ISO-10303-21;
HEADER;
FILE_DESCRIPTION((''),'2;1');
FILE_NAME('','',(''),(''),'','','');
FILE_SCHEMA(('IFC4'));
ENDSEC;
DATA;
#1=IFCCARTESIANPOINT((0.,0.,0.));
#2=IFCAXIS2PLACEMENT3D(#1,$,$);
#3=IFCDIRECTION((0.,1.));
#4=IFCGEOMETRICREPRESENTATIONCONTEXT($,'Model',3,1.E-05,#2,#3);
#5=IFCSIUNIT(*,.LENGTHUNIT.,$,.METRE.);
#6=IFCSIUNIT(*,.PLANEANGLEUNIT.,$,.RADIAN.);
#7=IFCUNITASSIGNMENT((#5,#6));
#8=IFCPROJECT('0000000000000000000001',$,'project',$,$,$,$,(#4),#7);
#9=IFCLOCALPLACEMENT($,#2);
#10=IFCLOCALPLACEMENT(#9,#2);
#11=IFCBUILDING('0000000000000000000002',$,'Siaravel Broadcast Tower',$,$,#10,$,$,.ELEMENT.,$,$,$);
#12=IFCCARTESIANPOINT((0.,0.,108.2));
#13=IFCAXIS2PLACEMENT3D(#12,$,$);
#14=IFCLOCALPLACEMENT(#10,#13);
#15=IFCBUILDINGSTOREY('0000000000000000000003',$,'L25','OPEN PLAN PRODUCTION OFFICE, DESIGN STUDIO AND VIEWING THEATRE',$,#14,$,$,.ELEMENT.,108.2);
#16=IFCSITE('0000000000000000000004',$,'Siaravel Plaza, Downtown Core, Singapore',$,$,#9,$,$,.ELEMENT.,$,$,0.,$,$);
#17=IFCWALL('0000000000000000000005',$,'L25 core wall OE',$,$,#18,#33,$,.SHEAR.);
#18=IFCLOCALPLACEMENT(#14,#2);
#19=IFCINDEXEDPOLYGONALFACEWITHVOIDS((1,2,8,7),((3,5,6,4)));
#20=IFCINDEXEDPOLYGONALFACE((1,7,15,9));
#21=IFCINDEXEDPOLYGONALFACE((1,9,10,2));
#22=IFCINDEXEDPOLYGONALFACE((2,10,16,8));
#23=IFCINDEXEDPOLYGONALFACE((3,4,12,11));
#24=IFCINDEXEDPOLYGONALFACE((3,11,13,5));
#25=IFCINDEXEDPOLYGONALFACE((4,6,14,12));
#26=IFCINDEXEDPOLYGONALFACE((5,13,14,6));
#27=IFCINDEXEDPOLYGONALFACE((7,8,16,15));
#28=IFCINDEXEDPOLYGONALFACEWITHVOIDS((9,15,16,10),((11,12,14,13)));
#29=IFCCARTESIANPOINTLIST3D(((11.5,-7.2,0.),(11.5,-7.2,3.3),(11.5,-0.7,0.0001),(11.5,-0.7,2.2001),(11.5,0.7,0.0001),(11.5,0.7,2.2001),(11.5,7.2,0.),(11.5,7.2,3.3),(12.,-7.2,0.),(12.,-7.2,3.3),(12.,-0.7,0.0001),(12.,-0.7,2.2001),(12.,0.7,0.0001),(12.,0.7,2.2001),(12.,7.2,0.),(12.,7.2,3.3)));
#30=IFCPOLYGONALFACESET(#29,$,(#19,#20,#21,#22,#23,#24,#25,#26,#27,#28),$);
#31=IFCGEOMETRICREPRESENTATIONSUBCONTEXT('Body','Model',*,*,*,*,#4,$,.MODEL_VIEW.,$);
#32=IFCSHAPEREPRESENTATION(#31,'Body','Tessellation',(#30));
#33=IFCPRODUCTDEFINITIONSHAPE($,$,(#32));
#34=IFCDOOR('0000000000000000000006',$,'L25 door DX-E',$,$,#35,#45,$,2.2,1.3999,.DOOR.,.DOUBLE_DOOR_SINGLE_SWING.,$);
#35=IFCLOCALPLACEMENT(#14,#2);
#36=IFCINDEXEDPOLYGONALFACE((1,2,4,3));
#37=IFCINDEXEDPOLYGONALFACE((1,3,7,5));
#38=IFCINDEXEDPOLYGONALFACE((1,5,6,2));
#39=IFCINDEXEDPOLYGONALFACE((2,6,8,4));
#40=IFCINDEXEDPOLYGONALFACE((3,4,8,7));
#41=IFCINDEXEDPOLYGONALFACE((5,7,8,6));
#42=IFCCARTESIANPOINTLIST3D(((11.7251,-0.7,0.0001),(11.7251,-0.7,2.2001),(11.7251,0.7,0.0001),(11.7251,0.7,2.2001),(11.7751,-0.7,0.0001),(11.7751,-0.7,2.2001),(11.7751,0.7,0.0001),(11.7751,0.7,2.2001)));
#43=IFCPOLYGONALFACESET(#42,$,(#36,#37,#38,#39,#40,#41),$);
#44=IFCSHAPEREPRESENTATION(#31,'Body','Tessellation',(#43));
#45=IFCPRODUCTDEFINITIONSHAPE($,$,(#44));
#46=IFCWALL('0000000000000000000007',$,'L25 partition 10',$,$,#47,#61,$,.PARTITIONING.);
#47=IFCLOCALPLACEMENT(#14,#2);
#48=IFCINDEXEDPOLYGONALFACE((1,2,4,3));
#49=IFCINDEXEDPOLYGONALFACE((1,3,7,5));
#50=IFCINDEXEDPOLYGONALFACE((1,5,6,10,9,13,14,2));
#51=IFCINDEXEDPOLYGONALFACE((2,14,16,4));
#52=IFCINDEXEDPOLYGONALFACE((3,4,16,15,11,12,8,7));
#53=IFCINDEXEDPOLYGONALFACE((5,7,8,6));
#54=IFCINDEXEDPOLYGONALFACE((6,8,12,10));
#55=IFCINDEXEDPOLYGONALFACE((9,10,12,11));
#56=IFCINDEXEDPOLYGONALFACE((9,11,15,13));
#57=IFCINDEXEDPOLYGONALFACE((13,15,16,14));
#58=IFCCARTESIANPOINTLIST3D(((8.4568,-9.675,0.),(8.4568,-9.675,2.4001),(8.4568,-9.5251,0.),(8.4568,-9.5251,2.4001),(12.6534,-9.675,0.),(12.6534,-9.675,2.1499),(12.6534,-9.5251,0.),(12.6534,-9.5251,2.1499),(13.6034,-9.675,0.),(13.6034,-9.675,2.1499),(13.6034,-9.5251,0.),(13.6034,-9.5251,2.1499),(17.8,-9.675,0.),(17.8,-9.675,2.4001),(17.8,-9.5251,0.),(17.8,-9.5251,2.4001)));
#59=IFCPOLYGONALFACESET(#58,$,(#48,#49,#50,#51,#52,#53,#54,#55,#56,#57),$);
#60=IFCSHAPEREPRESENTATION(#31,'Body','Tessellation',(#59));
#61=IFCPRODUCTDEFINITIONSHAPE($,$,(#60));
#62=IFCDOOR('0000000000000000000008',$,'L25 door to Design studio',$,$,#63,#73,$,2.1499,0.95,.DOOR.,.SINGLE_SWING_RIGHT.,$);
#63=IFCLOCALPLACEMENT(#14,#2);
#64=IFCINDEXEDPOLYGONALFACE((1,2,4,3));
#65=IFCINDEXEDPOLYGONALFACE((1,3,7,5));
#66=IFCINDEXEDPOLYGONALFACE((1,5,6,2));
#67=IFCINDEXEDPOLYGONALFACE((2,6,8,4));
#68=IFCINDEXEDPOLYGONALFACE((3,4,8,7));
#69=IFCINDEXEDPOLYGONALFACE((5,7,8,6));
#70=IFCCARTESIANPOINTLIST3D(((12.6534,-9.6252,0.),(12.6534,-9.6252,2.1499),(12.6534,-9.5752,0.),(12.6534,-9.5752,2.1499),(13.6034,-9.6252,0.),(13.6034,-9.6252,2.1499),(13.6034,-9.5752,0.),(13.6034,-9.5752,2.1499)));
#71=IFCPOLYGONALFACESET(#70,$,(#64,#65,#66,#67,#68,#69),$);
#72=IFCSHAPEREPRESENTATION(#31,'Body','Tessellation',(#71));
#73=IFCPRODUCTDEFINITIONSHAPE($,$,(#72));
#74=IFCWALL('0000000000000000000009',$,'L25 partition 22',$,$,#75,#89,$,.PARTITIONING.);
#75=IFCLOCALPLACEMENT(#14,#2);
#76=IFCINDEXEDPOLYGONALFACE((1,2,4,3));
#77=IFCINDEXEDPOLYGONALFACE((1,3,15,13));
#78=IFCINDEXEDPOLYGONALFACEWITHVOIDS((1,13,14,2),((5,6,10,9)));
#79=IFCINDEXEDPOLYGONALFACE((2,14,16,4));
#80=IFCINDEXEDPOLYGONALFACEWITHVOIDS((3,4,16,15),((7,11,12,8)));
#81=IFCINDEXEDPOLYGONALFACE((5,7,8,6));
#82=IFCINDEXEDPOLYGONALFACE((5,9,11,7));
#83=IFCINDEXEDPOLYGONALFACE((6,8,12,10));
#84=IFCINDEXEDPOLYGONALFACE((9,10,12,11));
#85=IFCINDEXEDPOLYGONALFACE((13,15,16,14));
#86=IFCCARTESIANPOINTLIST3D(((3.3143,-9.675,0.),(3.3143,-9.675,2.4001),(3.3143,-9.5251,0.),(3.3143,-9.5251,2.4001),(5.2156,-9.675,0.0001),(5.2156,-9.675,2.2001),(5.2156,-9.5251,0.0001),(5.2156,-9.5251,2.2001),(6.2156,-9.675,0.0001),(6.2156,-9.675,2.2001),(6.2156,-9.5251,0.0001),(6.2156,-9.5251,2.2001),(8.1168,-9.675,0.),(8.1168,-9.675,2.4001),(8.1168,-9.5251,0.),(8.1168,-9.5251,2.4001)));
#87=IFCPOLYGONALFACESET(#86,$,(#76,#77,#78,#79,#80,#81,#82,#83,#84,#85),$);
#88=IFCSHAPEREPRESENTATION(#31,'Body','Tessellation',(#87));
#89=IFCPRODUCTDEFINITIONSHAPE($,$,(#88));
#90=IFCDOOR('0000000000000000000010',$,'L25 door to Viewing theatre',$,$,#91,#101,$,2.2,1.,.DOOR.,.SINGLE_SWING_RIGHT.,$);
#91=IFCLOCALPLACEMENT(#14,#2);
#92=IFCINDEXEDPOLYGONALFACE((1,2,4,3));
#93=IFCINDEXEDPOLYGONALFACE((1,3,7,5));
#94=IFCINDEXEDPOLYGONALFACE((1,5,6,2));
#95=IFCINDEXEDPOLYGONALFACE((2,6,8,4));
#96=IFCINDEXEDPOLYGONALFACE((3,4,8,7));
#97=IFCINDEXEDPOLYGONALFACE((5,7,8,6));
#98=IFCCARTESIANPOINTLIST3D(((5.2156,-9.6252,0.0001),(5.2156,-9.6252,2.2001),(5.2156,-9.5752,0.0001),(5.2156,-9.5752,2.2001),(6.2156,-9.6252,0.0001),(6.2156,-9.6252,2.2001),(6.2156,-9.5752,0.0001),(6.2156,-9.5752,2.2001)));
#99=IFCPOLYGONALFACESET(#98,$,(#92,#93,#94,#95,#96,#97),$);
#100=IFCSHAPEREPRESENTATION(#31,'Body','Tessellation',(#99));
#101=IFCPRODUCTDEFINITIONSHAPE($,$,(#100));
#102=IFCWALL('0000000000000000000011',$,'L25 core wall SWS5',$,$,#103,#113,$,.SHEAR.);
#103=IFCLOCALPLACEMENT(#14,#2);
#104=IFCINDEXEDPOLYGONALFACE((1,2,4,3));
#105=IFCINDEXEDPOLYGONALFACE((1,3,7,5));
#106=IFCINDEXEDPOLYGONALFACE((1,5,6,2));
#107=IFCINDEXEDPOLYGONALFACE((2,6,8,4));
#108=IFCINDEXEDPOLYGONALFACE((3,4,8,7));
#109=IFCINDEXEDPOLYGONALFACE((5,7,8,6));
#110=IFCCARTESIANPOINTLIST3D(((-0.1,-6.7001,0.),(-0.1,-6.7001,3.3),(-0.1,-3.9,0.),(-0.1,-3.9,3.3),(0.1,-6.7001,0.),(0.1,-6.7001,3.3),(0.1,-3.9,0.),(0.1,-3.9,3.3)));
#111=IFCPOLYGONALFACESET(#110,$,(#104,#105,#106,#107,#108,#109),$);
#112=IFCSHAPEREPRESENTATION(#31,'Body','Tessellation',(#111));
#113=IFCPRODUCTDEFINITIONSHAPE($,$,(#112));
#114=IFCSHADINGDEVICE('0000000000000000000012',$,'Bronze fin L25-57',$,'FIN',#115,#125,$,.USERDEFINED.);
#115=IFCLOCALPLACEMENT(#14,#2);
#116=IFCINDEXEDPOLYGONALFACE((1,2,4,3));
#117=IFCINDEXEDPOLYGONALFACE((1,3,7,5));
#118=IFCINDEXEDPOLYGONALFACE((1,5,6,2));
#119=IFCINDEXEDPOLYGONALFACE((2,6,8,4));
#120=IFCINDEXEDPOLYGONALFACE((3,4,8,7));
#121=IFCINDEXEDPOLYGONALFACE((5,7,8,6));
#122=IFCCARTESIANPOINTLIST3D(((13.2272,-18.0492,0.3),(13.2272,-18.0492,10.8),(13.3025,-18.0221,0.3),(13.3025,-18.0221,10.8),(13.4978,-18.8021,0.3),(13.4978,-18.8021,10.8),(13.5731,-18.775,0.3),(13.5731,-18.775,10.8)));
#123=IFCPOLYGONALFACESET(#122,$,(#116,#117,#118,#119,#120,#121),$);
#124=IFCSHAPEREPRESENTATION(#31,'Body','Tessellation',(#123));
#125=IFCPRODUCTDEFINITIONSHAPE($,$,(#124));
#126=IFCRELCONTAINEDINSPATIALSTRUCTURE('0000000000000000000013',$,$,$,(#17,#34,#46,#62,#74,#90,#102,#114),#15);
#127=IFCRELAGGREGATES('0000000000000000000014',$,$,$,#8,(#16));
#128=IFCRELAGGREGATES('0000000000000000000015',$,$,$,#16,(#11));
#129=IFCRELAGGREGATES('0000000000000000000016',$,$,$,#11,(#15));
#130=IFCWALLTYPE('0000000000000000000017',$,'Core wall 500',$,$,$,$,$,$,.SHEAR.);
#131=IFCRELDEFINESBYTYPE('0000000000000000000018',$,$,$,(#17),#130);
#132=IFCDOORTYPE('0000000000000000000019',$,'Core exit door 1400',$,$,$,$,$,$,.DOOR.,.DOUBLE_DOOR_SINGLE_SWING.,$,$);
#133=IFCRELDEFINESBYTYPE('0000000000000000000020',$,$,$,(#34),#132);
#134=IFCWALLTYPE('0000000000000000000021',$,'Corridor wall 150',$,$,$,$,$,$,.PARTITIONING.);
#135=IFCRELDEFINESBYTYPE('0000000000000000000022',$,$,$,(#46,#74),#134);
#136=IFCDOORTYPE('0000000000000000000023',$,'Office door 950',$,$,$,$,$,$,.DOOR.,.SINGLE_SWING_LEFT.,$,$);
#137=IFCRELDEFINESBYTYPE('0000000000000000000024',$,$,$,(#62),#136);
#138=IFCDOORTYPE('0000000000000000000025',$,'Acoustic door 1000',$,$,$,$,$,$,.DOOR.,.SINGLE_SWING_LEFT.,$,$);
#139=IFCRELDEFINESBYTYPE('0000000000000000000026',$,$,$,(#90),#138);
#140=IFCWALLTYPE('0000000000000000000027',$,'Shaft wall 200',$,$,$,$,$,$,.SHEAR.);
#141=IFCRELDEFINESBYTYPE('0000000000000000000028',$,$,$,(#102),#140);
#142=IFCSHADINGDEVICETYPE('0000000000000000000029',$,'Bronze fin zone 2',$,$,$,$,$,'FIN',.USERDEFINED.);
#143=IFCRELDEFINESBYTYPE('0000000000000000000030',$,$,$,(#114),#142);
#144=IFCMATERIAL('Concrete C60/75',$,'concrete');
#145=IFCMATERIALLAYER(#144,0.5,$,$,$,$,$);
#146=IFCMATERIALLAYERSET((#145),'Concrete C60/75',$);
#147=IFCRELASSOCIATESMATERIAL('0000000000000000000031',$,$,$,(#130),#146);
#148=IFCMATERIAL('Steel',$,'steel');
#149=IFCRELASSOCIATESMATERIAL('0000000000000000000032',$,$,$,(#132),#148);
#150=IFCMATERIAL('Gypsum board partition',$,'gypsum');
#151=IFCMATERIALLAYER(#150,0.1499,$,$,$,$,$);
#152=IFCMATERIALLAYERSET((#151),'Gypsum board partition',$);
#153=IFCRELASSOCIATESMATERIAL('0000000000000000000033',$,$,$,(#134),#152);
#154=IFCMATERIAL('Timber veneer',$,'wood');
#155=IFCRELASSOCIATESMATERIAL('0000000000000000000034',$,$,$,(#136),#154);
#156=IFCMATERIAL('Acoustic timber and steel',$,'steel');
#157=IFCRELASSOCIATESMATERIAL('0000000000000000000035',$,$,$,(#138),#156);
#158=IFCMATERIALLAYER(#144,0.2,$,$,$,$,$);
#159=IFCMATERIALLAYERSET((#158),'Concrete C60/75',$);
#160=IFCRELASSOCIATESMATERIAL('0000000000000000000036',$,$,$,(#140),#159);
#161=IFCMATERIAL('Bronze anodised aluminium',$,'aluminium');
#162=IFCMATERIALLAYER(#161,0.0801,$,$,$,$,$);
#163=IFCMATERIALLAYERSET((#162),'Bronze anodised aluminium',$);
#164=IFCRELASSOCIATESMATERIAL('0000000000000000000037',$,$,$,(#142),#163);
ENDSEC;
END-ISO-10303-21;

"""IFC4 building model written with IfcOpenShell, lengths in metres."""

from ifc_helpers import new_model, si_unit, direction, frame, frame_2d, origin, origin_2d, place, context, subcontext, project, spatial, rectangle, extrude, material, layer, layer_set, type_object, element, fill, save


model = new_model("IFC4")

# Units and contexts
model_context = context("Model", 3, precision=1e-05, world=origin(), true_north=direction((0.0, 1.0)))
body_context = subcontext(model_context, "Body", "Model", "MODEL_VIEW")
ifc_project = project(units=[si_unit("LENGTHUNIT", "METRE"), si_unit("PLANEANGLEUNIT", "RADIAN")], contexts=[model_context])

# Site, building, storey
site_placement = place(None, origin())
site = spatial("IfcSite", under=ifc_project, at=site_placement, Name="Siaravel Plaza, Downtown Core, Singapore", CompositionType="ELEMENT", RefElevation=0.0)
building_placement = place(site_placement, origin())
building = spatial("IfcBuilding", under=site, at=building_placement, Name="Siaravel Broadcast Tower", CompositionType="ELEMENT")
storey_placement = place(building_placement, frame((0.0, 0.0, 108.2)))
storey = spatial("IfcBuildingStorey", under=building, at=storey_placement, Name="L25", Description="OPEN PLAN PRODUCTION OFFICE, DESIGN STUDIO AND VIEWING THEATRE", CompositionType="ELEMENT", Elevation=108.2)

# Shared definitions
ifc_material_1 = material(Name="Concrete C60/75", Category="concrete")

# Walls, openings, doors
ifc_layer_1 = layer(ifc_material_1, 0.5)
ifc_layer_set_1 = layer_set([ifc_layer_1], Name="Concrete C60/75")
wall_type_1 = type_object("IfcWallType", Name="Core wall 500", PredefinedType="SHEAR", material=ifc_layer_set_1)
wall_1_placement = place(storey_placement, frame((11.75, -7.2, 0.0), z_axis=(0.0, 0.0, 1.0), x_axis=(0.0, 1.0, 0.0)))
wall_1 = element("IfcWall", 1, at=wall_1_placement, inside=storey, type_object=wall_type_1, Name="L25 core wall OE", PredefinedType="SHEAR", context=body_context, shape_type="SweptSolid", body=[
    extrude(rectangle(XDim=14.3999, YDim=0.5, at=frame_2d((7.2, 0.0))), origin(), (0.0, 0.0, 1.0), 3.3),
])
opening_1_placement = place(wall_1_placement, frame((6.5, 0.0, 0.0)))
opening_1 = element("IfcOpeningElement", 2, at=opening_1_placement, cuts=wall_1, PredefinedType="OPENING", context=body_context, shape_type="SweptSolid", body=[
    extrude(rectangle(XDim=1.3999, YDim=2.2, at=frame_2d((0.7, 1.1001))), frame((0.0, 0.26, 0.0), z_axis=(0.0, -1.0, 0.0), x_axis=(1.0, 0.0, 0.0)), (0.0, 0.0, 1.0), 0.52),
])
ifc_material_2 = material(Name="Steel", Category="steel")
door_type_1 = type_object("IfcDoorType", Name="Core exit door 1400", OperationType="DOUBLE_DOOR_SINGLE_SWING", PredefinedType="DOOR", material=ifc_material_2)
door_1_placement = place(opening_1_placement, origin())
door_1 = element("IfcDoor", 3, at=door_1_placement, inside=storey, type_object=door_type_1, Name="L25 door DX-E", OperationType="DOUBLE_DOOR_SINGLE_SWING", OverallHeight=2.2, OverallWidth=1.3999, PredefinedType="DOOR", context=body_context, shape_type="SweptSolid", body=[
    extrude(rectangle(XDim=1.3999, YDim=2.2, at=frame_2d((0.7, 1.1001))), frame((0.0, 0.0249, 0.0), z_axis=(0.0, -1.0, 0.0), x_axis=(1.0, 0.0, 0.0)), (0.0, 0.0, 1.0), 0.05),
])
fill(opening_1, door_1)
ifc_material_3 = material(Name="Gypsum board partition", Category="gypsum")
ifc_layer_2 = layer(ifc_material_3, 0.1499)
ifc_layer_set_2 = layer_set([ifc_layer_2], Name="Gypsum board partition")
wall_type_2 = type_object("IfcWallType", Name="Corridor wall 150", PredefinedType="PARTITIONING", material=ifc_layer_set_2)
wall_2_placement = place(storey_placement, frame((8.4568, -9.6001, 0.0), z_axis=(0.0, 0.0, 1.0), x_axis=(1.0, 0.0, 0.0)))
wall_2 = element("IfcWall", 4, at=wall_2_placement, inside=storey, type_object=wall_type_2, Name="L25 partition 10", PredefinedType="PARTITIONING", context=body_context, shape_type="SweptSolid", body=[
    extrude(rectangle(XDim=9.3433, YDim=0.1499, at=frame_2d((4.6716, 0.0))), origin(), (0.0, 0.0, 1.0), 2.4001),
])
opening_2_placement = place(wall_2_placement, frame((4.1965, 0.0, 0.0)))
opening_2 = element("IfcOpeningElement", 5, at=opening_2_placement, cuts=wall_2, PredefinedType="OPENING", context=body_context, shape_type="SweptSolid", body=[
    extrude(rectangle(XDim=0.95, YDim=2.1499, at=frame_2d((0.4751, 1.075))), frame((0.0, 0.085, 0.0), z_axis=(0.0, -1.0, 0.0), x_axis=(1.0, 0.0, 0.0)), (0.0, 0.0, 1.0), 0.1699),
])
ifc_material_4 = material(Name="Timber veneer", Category="wood")
door_type_2 = type_object("IfcDoorType", Name="Office door 950", OperationType="SINGLE_SWING_LEFT", PredefinedType="DOOR", material=ifc_material_4)
door_2_placement = place(opening_2_placement, origin())
door_2 = element("IfcDoor", 6, at=door_2_placement, inside=storey, type_object=door_type_2, Name="L25 door to Design studio", OperationType="SINGLE_SWING_RIGHT", OverallHeight=2.1499, OverallWidth=0.95, PredefinedType="DOOR", context=body_context, shape_type="SweptSolid", body=[
    extrude(rectangle(XDim=0.95, YDim=2.1499, at=frame_2d((0.4751, 1.075))), frame((0.0, 0.0249, 0.0), z_axis=(0.0, -1.0, 0.0), x_axis=(1.0, 0.0, 0.0)), (0.0, 0.0, 1.0), 0.05),
])
fill(opening_2, door_2)
wall_3_placement = place(storey_placement, frame((3.3142, -9.6001, 0.0), z_axis=(0.0, 0.0, 1.0), x_axis=(1.0, 0.0, 0.0)))
wall_3 = element("IfcWall", 7, at=wall_3_placement, inside=storey, type_object=wall_type_2, Name="L25 partition 22", PredefinedType="PARTITIONING", context=body_context, shape_type="SweptSolid", body=[
    extrude(rectangle(XDim=4.8025, YDim=0.1499, at=frame_2d((2.4014, 0.0))), origin(), (0.0, 0.0, 1.0), 2.4001),
])
opening_3_placement = place(wall_3_placement, frame((1.9014, 0.0, 0.0)))
opening_3 = element("IfcOpeningElement", 8, at=opening_3_placement, cuts=wall_3, PredefinedType="OPENING", context=body_context, shape_type="SweptSolid", body=[
    extrude(rectangle(XDim=1.0, YDim=2.2, at=frame_2d((0.5, 1.1001))), frame((0.0, 0.085, 0.0), z_axis=(0.0, -1.0, 0.0), x_axis=(1.0, 0.0, 0.0)), (0.0, 0.0, 1.0), 0.1699),
])
ifc_material_5 = material(Name="Acoustic timber and steel", Category="steel")
door_type_3 = type_object("IfcDoorType", Name="Acoustic door 1000", OperationType="SINGLE_SWING_LEFT", PredefinedType="DOOR", material=ifc_material_5)
door_3_placement = place(opening_3_placement, origin())
door_3 = element("IfcDoor", 9, at=door_3_placement, inside=storey, type_object=door_type_3, Name="L25 door to Viewing theatre", OperationType="SINGLE_SWING_RIGHT", OverallHeight=2.2, OverallWidth=1.0, PredefinedType="DOOR", context=body_context, shape_type="SweptSolid", body=[
    extrude(rectangle(XDim=1.0, YDim=2.2, at=frame_2d((0.5, 1.1001))), frame((0.0, 0.0249, 0.0), z_axis=(0.0, -1.0, 0.0), x_axis=(1.0, 0.0, 0.0)), (0.0, 0.0, 1.0), 0.05),
])
fill(opening_3, door_3)

# Wall
ifc_layer_3 = layer(ifc_material_1, 0.2)
ifc_layer_set_3 = layer_set([ifc_layer_3], Name="Concrete C60/75")
wall_type_3 = type_object("IfcWallType", Name="Shaft wall 200", PredefinedType="SHEAR", material=ifc_layer_set_3)
wall_4_placement = place(storey_placement, frame((0.0, -6.7, 0.0), z_axis=(0.0, 0.0, 1.0), x_axis=(0.0, 1.0, 0.0)))
element("IfcWall", 10, at=wall_4_placement, inside=storey, type_object=wall_type_3, Name="L25 core wall SWS5", PredefinedType="SHEAR", context=body_context, shape_type="SweptSolid", body=[
    extrude(rectangle(XDim=2.8, YDim=0.2, at=frame_2d((1.3999, 0.0))), origin(), (0.0, 0.0, 1.0), 3.3),
])

# Shading device
ifc_material_6 = material(Name="Bronze anodised aluminium", Category="aluminium")
ifc_layer_4 = layer(ifc_material_6, 0.0801)
ifc_layer_set_4 = layer_set([ifc_layer_4], Name="Bronze anodised aluminium")
shading_device_type = type_object("IfcShadingDeviceType", Name="Bronze fin zone 2", ElementType="FIN", PredefinedType="USERDEFINED", material=ifc_layer_set_4)
shading_device_placement = place(storey_placement, frame((13.4001, -18.4121, 0.3), z_axis=(0.0, 0.0, 1.0), x_axis=(0.338258, -0.941053, 0.0)))
element("IfcShadingDevice", 11, at=shading_device_placement, inside=storey, type_object=shading_device_type, Name="Bronze fin L25-57", ObjectType="FIN", PredefinedType="USERDEFINED", context=body_context, shape_type="SweptSolid", body=[
    extrude(rectangle(XDim=0.8, YDim=0.0801, at=origin_2d()), origin(), (0.0, 0.0, 1.0), 10.5),
])

save(model, "model.ifc")
